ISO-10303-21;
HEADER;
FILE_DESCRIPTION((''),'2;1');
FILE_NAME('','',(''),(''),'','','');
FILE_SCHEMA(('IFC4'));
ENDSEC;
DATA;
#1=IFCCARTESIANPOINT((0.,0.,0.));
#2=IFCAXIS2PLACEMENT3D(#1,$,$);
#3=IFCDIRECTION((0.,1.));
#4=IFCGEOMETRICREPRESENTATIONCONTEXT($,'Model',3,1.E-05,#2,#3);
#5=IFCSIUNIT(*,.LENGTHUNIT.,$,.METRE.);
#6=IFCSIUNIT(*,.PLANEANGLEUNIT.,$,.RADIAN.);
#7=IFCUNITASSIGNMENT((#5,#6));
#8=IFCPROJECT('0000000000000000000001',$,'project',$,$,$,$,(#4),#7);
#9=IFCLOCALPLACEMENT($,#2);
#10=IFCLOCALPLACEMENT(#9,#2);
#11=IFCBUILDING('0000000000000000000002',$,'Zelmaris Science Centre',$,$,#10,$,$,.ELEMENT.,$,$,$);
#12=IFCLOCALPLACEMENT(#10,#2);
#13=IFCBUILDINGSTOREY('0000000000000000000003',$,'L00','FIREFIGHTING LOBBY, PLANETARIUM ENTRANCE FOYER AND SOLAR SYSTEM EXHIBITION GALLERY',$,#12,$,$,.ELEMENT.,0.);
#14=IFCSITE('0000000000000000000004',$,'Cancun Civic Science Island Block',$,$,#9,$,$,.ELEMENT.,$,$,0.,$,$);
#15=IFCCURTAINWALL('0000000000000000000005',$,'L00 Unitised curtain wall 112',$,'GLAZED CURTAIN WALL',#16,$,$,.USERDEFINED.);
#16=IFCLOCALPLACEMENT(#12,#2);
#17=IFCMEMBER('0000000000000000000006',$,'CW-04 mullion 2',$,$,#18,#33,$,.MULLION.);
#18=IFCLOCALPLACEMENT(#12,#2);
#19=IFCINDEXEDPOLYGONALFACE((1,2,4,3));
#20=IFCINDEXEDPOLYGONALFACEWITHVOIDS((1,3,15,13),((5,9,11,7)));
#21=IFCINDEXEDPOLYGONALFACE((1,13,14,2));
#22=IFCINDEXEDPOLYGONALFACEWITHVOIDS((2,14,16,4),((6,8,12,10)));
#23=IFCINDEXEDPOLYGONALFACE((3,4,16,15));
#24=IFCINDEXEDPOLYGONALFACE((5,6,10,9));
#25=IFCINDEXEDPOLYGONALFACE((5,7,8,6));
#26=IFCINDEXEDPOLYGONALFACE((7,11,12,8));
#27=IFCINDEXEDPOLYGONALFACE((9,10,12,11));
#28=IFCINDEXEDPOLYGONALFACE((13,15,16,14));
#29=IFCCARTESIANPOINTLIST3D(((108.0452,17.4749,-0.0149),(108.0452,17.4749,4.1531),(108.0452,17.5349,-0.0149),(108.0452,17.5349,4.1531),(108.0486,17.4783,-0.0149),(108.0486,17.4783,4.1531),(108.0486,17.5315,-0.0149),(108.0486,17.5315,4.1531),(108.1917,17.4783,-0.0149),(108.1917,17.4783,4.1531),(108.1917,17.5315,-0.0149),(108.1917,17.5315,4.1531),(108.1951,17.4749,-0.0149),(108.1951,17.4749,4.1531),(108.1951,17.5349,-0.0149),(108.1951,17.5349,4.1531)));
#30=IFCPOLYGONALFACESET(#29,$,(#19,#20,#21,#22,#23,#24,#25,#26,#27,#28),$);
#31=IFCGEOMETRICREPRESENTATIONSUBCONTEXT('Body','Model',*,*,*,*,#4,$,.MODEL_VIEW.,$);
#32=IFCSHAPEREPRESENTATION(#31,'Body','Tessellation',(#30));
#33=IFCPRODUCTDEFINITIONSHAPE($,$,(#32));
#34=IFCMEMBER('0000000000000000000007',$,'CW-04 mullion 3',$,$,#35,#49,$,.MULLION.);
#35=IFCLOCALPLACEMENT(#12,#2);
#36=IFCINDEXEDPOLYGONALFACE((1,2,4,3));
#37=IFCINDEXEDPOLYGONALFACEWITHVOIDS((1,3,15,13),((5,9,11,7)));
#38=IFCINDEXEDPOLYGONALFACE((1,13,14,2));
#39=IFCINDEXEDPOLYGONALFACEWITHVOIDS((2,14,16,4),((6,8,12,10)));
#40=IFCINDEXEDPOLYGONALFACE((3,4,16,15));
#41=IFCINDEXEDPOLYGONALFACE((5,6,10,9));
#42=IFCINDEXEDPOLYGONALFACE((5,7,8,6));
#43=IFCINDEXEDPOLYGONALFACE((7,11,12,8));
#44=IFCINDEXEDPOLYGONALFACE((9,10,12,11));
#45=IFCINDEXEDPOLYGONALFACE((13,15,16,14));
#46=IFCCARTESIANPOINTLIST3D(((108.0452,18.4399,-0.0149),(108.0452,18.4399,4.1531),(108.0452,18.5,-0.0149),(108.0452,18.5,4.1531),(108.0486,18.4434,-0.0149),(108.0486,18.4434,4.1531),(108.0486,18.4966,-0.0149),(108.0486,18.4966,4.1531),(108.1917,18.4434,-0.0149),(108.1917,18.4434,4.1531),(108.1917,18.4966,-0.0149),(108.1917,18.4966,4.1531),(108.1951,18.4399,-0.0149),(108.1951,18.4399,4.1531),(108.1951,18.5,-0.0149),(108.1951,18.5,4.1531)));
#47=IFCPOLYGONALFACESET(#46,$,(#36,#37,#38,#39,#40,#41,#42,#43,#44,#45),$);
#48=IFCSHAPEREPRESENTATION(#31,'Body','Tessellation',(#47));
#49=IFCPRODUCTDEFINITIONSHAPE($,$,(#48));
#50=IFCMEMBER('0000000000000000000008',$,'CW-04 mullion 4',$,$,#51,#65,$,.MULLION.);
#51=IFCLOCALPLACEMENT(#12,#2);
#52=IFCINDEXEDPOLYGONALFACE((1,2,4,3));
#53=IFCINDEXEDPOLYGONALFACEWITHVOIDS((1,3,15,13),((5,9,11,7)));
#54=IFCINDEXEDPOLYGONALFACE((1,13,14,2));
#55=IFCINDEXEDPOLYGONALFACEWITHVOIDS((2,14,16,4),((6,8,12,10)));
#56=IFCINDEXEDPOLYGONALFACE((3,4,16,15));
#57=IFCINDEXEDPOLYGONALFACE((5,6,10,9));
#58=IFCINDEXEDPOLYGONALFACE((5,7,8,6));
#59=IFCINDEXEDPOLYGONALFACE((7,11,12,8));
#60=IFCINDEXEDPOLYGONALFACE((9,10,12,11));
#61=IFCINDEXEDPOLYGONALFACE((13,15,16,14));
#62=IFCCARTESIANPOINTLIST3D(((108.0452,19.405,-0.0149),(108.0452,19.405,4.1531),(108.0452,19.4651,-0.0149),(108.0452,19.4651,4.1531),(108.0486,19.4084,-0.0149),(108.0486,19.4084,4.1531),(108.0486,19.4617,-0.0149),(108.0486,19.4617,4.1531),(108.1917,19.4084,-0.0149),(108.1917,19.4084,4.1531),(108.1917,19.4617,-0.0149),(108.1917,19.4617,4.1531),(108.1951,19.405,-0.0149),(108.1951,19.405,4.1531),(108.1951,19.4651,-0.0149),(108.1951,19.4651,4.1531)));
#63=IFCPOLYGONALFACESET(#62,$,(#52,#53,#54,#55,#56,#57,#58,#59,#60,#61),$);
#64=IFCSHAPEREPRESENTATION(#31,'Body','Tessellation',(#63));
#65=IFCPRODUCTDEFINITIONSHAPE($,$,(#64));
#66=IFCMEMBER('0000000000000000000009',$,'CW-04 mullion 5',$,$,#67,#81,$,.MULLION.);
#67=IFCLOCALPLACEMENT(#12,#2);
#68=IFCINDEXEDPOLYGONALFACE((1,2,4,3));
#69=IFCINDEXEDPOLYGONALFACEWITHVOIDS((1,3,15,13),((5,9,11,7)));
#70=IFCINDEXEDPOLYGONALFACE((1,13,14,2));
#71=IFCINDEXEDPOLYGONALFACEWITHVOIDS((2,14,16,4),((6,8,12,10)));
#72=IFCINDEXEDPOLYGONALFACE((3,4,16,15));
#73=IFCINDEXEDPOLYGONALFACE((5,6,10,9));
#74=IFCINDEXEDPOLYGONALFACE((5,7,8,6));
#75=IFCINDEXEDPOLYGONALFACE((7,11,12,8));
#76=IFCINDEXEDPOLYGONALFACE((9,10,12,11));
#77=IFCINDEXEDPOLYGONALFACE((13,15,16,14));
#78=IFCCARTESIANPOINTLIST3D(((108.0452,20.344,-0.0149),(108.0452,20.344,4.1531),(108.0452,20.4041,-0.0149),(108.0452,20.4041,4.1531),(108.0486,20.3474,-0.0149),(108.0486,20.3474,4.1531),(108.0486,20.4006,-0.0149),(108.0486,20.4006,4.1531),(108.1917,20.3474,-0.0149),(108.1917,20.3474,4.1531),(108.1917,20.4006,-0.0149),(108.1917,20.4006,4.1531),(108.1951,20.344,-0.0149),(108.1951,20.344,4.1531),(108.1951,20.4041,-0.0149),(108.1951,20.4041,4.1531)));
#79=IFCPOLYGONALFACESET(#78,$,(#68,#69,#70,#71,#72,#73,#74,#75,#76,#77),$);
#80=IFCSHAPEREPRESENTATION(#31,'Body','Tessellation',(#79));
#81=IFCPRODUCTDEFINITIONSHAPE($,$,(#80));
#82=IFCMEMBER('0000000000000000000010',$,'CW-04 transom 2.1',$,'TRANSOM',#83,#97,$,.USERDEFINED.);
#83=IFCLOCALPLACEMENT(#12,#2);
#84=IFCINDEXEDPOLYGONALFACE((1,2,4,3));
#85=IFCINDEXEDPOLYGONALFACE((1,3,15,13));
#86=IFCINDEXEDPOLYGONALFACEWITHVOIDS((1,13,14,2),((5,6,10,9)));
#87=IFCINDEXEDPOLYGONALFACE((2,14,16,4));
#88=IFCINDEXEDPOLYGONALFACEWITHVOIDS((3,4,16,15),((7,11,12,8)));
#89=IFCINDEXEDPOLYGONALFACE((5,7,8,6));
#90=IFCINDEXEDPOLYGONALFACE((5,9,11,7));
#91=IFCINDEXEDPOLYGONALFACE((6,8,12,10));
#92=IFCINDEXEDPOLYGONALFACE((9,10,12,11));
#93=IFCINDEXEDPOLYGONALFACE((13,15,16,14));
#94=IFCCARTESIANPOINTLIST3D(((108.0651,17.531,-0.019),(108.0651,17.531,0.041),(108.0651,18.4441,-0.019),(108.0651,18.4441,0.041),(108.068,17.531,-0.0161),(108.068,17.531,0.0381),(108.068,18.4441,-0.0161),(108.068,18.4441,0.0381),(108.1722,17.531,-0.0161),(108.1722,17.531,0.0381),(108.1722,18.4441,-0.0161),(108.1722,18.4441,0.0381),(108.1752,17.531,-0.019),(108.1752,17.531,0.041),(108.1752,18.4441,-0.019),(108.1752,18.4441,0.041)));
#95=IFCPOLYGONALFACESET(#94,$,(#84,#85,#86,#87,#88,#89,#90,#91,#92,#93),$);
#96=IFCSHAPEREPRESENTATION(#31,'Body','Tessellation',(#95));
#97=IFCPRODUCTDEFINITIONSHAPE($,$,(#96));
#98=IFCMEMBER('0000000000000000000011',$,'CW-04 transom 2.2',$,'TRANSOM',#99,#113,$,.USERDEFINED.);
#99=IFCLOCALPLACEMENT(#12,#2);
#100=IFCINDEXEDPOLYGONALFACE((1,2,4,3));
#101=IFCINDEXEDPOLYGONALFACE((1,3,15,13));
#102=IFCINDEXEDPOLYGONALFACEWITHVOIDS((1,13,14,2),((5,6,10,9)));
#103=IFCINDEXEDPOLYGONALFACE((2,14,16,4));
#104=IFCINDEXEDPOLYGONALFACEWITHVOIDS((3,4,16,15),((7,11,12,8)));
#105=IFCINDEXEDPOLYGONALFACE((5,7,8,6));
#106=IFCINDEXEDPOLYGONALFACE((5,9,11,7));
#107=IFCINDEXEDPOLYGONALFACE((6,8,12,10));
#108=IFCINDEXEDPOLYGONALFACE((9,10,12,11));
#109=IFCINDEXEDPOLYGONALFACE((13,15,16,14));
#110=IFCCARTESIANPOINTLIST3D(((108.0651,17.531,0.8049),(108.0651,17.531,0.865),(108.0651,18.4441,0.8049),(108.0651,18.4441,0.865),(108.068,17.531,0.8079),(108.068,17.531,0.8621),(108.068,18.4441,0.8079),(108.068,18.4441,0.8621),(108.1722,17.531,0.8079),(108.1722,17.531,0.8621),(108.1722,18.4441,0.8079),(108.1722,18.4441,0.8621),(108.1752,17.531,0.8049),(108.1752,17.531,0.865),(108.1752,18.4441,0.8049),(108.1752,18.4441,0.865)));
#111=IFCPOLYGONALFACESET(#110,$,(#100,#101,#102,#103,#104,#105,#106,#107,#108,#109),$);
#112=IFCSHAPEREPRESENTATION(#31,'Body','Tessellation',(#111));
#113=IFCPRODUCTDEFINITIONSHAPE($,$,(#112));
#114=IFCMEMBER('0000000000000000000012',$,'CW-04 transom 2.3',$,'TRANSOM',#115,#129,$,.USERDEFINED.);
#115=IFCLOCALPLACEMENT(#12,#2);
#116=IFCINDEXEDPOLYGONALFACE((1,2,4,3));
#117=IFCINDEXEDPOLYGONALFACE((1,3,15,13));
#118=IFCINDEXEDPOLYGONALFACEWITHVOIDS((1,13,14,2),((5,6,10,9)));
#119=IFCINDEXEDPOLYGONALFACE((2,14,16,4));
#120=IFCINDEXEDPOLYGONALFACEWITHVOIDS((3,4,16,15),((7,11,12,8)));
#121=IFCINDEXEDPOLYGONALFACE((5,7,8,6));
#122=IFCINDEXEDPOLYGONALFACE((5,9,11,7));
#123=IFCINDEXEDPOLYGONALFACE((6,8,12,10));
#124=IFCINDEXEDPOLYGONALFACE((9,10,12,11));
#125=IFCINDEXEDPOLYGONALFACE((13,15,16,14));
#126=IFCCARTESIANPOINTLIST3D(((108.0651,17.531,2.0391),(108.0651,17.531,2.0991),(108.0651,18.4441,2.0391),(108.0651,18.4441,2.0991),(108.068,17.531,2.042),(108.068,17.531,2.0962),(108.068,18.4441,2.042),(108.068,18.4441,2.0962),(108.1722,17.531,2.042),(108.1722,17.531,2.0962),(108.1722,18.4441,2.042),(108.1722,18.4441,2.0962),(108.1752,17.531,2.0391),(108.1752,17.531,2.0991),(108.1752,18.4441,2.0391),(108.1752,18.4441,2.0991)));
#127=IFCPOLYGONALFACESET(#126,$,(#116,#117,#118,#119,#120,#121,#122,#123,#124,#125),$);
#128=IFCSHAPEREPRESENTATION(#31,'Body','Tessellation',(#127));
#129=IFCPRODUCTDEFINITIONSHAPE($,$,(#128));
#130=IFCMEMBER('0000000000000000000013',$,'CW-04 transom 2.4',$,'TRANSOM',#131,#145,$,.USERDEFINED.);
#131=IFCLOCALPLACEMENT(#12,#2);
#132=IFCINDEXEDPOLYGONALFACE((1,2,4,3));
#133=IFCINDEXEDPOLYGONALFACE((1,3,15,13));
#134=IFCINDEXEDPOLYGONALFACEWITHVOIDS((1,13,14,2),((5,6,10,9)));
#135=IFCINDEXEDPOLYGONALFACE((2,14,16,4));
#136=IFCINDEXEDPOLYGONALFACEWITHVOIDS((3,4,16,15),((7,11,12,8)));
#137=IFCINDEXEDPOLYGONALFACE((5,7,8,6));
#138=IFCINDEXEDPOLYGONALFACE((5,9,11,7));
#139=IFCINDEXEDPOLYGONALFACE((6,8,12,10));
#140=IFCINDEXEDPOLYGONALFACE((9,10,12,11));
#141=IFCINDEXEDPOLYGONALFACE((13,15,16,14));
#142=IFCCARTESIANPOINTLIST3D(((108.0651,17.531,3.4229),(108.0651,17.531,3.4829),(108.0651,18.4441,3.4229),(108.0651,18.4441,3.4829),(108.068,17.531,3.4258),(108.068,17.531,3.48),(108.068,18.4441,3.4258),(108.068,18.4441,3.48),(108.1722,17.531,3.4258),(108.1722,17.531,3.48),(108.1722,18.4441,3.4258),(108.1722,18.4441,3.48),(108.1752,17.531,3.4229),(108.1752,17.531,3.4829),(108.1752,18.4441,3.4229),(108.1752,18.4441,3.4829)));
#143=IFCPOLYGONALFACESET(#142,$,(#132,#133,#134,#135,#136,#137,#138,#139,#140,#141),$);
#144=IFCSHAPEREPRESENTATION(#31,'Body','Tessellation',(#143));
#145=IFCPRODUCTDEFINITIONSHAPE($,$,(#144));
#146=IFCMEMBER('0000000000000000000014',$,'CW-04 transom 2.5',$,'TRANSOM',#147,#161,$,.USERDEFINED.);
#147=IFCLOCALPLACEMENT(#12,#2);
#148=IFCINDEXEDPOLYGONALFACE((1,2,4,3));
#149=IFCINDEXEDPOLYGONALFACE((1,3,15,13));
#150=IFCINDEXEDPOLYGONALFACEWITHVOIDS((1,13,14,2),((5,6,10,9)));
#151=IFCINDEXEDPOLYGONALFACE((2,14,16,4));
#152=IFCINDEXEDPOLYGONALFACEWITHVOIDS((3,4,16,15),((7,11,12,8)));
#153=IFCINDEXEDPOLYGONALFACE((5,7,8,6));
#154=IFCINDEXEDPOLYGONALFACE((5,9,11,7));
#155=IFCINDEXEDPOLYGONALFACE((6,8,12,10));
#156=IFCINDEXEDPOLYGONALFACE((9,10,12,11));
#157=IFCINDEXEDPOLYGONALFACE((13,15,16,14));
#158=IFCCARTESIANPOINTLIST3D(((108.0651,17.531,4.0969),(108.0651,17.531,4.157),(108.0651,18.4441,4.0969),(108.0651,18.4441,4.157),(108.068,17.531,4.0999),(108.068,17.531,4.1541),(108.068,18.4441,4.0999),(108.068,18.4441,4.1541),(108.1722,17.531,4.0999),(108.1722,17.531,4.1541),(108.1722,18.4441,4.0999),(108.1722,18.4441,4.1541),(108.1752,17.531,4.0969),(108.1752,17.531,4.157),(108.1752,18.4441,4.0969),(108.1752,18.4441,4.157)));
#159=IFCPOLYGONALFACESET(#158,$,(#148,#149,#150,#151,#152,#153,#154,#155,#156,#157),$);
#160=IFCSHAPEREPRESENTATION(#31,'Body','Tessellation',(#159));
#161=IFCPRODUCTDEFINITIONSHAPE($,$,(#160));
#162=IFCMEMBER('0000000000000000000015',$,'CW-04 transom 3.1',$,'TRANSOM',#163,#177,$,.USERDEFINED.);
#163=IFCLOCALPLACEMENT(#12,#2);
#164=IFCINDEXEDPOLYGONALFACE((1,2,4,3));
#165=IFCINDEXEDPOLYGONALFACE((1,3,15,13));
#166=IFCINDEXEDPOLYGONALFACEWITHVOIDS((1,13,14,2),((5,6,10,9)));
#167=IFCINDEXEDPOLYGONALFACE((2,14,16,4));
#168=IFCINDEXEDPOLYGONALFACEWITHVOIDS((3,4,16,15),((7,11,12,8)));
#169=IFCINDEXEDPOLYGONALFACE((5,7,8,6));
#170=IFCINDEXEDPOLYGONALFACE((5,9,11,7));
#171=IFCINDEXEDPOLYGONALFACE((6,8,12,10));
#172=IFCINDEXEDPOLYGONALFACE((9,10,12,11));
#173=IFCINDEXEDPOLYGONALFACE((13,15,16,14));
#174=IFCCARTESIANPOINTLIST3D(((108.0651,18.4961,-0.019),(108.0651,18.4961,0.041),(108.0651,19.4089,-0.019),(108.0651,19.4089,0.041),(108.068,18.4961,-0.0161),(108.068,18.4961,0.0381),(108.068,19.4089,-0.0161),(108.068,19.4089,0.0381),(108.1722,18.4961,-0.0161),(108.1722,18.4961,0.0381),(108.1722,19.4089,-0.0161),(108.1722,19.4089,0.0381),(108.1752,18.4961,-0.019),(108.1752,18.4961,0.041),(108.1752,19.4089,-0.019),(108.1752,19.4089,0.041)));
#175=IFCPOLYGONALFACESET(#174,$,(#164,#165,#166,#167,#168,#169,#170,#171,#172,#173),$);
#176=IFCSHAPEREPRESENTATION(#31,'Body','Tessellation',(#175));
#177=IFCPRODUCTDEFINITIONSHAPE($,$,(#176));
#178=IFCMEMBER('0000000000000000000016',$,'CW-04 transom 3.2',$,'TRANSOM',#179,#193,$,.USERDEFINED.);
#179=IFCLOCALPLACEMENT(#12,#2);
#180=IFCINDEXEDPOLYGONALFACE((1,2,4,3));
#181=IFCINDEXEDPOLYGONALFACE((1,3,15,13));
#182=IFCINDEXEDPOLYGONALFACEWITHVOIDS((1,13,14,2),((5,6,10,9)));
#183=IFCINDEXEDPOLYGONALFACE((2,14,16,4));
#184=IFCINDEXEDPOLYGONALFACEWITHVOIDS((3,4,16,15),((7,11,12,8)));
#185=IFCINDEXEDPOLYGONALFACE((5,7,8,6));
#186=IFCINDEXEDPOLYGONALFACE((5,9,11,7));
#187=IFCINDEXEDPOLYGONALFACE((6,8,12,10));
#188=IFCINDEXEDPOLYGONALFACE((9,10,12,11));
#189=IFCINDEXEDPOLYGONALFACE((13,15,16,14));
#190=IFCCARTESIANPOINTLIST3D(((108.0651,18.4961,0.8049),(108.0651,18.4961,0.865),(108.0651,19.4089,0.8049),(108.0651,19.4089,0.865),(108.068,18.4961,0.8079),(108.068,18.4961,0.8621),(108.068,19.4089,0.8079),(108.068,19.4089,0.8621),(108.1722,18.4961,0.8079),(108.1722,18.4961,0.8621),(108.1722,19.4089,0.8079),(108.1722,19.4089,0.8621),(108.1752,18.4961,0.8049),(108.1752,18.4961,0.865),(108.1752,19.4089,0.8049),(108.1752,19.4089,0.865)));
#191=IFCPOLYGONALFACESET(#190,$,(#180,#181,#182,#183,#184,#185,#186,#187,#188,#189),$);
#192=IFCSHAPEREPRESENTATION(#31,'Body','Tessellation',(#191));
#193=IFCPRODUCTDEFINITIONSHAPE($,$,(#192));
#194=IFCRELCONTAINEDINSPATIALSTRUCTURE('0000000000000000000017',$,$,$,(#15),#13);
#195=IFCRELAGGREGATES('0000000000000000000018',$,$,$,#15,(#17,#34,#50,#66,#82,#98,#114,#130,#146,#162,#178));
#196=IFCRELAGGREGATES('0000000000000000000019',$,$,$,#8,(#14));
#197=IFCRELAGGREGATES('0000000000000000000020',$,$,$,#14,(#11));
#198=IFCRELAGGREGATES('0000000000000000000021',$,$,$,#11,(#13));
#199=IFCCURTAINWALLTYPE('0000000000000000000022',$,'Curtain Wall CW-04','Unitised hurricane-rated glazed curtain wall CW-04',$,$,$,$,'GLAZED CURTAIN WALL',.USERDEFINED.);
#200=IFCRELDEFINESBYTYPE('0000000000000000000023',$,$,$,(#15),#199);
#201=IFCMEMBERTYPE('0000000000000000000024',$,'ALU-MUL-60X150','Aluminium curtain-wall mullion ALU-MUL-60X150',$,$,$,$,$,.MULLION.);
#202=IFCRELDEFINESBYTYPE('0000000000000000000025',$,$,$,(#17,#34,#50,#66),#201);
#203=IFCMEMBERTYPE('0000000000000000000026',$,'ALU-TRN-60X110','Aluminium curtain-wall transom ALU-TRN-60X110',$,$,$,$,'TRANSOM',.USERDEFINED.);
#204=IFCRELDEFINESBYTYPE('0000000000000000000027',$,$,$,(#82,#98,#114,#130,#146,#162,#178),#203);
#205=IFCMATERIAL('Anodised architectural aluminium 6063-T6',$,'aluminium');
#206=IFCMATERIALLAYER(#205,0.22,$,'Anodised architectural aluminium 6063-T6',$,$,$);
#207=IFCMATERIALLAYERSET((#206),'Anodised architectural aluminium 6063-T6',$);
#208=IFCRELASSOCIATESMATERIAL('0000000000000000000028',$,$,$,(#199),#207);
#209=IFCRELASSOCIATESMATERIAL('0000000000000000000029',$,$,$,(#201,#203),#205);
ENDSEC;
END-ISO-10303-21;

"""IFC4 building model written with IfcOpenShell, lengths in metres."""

from ifc_helpers import new_model, si_unit, direction, frame, origin, origin_2d, place, context, subcontext, project, spatial, hollow_rectangle, extrude, material, layer, layer_set, material_profile, profile_set, type_object, element, aggregate, save


model = new_model("IFC4")

# Units and contexts
model_context = context("Model", 3, precision=1e-05, world=origin(), true_north=direction((0.0, 1.0)))
body_context = subcontext(model_context, "Body", "Model", "MODEL_VIEW")
ifc_project = project(units=[si_unit("LENGTHUNIT", "METRE"), si_unit("PLANEANGLEUNIT", "RADIAN")], contexts=[model_context])

# Site, building, storey
site_placement = place(None, origin())
site = spatial("IfcSite", under=ifc_project, at=site_placement, Name="Cancun Civic Science Island Block", CompositionType="ELEMENT", RefElevation=0.0)
building_placement = place(site_placement, origin())
building = spatial("IfcBuilding", under=site, at=building_placement, Name="Zelmaris Science Centre", CompositionType="ELEMENT")
storey_placement = place(building_placement, origin())
storey = spatial("IfcBuildingStorey", under=building, at=storey_placement, Name="L00", Description="FIREFIGHTING LOBBY, PLANETARIUM ENTRANCE FOYER AND SOLAR SYSTEM EXHIBITION GALLERY", CompositionType="ELEMENT", Elevation=0.0)

# Curtain wall, members
ifc_material_1 = material(Name="Anodised architectural aluminium 6063-T6", Category="aluminium")
ifc_layer_1 = layer(ifc_material_1, 0.22, Name="Anodised architectural aluminium 6063-T6")
ifc_layer_set_1 = layer_set([ifc_layer_1], Name="Anodised architectural aluminium 6063-T6")
curtain_wall_type = type_object("IfcCurtainWallType", Name="Curtain Wall CW-04", Description="Unitised hurricane-rated glazed curtain wall CW-04", ElementType="GLAZED CURTAIN WALL", PredefinedType="USERDEFINED", material=ifc_layer_set_1)
curtain_wall_placement = place(storey_placement, origin())
curtain_wall = element("IfcCurtainWall", 1, at=curtain_wall_placement, inside=storey, type_object=curtain_wall_type, Name="L00 Unitised curtain wall 112", ObjectType="GLAZED CURTAIN WALL", PredefinedType="USERDEFINED")
ifc_material_profile_1 = material_profile(ifc_material_1, hollow_rectangle(XDim=0.0601, YDim=0.1499, WallThickness=0.0034, at=origin_2d()), Name="ALU-MUL-60X150")
ifc_profile_set_1 = profile_set([ifc_material_profile_1], Name="Anodised architectural aluminium 6063-T6")
member_type_1 = type_object("IfcMemberType", Name="ALU-MUL-60X150", Description="Aluminium curtain-wall mullion ALU-MUL-60X150", PredefinedType="MULLION", material=ifc_profile_set_1)
member_1_placement = place(storey_placement, frame((108.1201, 17.5049, -0.0149), z_axis=(0.0, 0.0, 1.0), x_axis=(-0.000007, 1.0, 0.0)))
member_1 = element("IfcMember", 2, at=member_1_placement, type_object=member_type_1, Name="CW-04 mullion 2", PredefinedType="MULLION", context=body_context, shape_type="SweptSolid", body=[
    extrude(hollow_rectangle(XDim=0.0601, YDim=0.1499, WallThickness=0.0034, at=origin_2d()), origin(), (0.0, 0.0, 1.0), 4.168),
])
member_2_placement = place(storey_placement, frame((108.1201, 18.47, -0.0149), z_axis=(0.0, 0.0, 1.0), x_axis=(-0.000007, 1.0, 0.0)))
member_2 = element("IfcMember", 3, at=member_2_placement, type_object=member_type_1, Name="CW-04 mullion 3", PredefinedType="MULLION", context=body_context, shape_type="SweptSolid", body=[
    extrude(hollow_rectangle(XDim=0.0601, YDim=0.1499, WallThickness=0.0034, at=origin_2d()), origin(), (0.0, 0.0, 1.0), 4.168),
])
member_3_placement = place(storey_placement, frame((108.1201, 19.4351, -0.0149), z_axis=(0.0, 0.0, 1.0), x_axis=(-0.000007, 1.0, 0.0)))
member_3 = element("IfcMember", 4, at=member_3_placement, type_object=member_type_1, Name="CW-04 mullion 4", PredefinedType="MULLION", context=body_context, shape_type="SweptSolid", body=[
    extrude(hollow_rectangle(XDim=0.0601, YDim=0.1499, WallThickness=0.0034, at=origin_2d()), origin(), (0.0, 0.0, 1.0), 4.168),
])
member_4_placement = place(storey_placement, frame((108.1201, 20.374, -0.0149), z_axis=(0.0, 0.0, 1.0), x_axis=(-0.000007, 1.0, 0.0)))
member_4 = element("IfcMember", 5, at=member_4_placement, type_object=member_type_1, Name="CW-04 mullion 5", PredefinedType="MULLION", context=body_context, shape_type="SweptSolid", body=[
    extrude(hollow_rectangle(XDim=0.0601, YDim=0.1499, WallThickness=0.0034, at=origin_2d()), origin(), (0.0, 0.0, 1.0), 4.168),
])
ifc_material_profile_2 = material_profile(ifc_material_1, hollow_rectangle(XDim=0.0601, YDim=0.1101, WallThickness=0.0029, at=origin_2d()), Name="ALU-TRN-60X110")
ifc_profile_set_2 = profile_set([ifc_material_profile_2], Name="Anodised architectural aluminium 6063-T6")
member_type_2 = type_object("IfcMemberType", Name="ALU-TRN-60X110", Description="Aluminium curtain-wall transom ALU-TRN-60X110", ElementType="TRANSOM", PredefinedType="USERDEFINED", material=ifc_profile_set_2)
member_5_placement = place(storey_placement, frame((108.1201, 17.531, 0.011), z_axis=(0.0, 1.0, 0.0), x_axis=(0.0, 0.0, 1.0)))
member_5 = element("IfcMember", 6, at=member_5_placement, type_object=member_type_2, Name="CW-04 transom 2.1", ObjectType="TRANSOM", PredefinedType="USERDEFINED", context=body_context, shape_type="SweptSolid", body=[
    extrude(hollow_rectangle(XDim=0.0601, YDim=0.1101, WallThickness=0.0029, at=origin_2d()), origin(), (0.0, 0.0, 1.0), 0.9131),
])
member_6_placement = place(storey_placement, frame((108.1201, 17.531, 0.835), z_axis=(0.0, 1.0, 0.0), x_axis=(0.0, 0.0, 1.0)))
member_6 = element("IfcMember", 7, at=member_6_placement, type_object=member_type_2, Name="CW-04 transom 2.2", ObjectType="TRANSOM", PredefinedType="USERDEFINED", context=body_context, shape_type="SweptSolid", body=[
    extrude(hollow_rectangle(XDim=0.0601, YDim=0.1101, WallThickness=0.0029, at=origin_2d()), origin(), (0.0, 0.0, 1.0), 0.9131),
])
member_7_placement = place(storey_placement, frame((108.1201, 17.531, 2.0691), z_axis=(0.0, 1.0, 0.0), x_axis=(0.0, 0.0, 1.0)))
member_7 = element("IfcMember", 8, at=member_7_placement, type_object=member_type_2, Name="CW-04 transom 2.3", ObjectType="TRANSOM", PredefinedType="USERDEFINED", context=body_context, shape_type="SweptSolid", body=[
    extrude(hollow_rectangle(XDim=0.0601, YDim=0.1101, WallThickness=0.0029, at=origin_2d()), origin(), (0.0, 0.0, 1.0), 0.9131),
])
member_8_placement = place(storey_placement, frame((108.1201, 17.531, 3.4529), z_axis=(0.0, 1.0, 0.0), x_axis=(0.0, 0.0, 1.0)))
member_8 = element("IfcMember", 9, at=member_8_placement, type_object=member_type_2, Name="CW-04 transom 2.4", ObjectType="TRANSOM", PredefinedType="USERDEFINED", context=body_context, shape_type="SweptSolid", body=[
    extrude(hollow_rectangle(XDim=0.0601, YDim=0.1101, WallThickness=0.0029, at=origin_2d()), origin(), (0.0, 0.0, 1.0), 0.9131),
])
member_9_placement = place(storey_placement, frame((108.1201, 17.531, 4.127), z_axis=(0.0, 1.0, 0.0), x_axis=(0.0, 0.0, 1.0)))
member_9 = element("IfcMember", 10, at=member_9_placement, type_object=member_type_2, Name="CW-04 transom 2.5", ObjectType="TRANSOM", PredefinedType="USERDEFINED", context=body_context, shape_type="SweptSolid", body=[
    extrude(hollow_rectangle(XDim=0.0601, YDim=0.1101, WallThickness=0.0029, at=origin_2d()), origin(), (0.0, 0.0, 1.0), 0.9131),
])
member_10_placement = place(storey_placement, frame((108.1201, 18.4961, 0.011), z_axis=(0.0, 1.0, 0.0), x_axis=(0.0, 0.0, 1.0)))
member_10 = element("IfcMember", 11, at=member_10_placement, type_object=member_type_2, Name="CW-04 transom 3.1", ObjectType="TRANSOM", PredefinedType="USERDEFINED", context=body_context, shape_type="SweptSolid", body=[
    extrude(hollow_rectangle(XDim=0.0601, YDim=0.1101, WallThickness=0.0029, at=origin_2d()), origin(), (0.0, 0.0, 1.0), 0.9128),
])
member_11_placement = place(storey_placement, frame((108.1201, 18.4961, 0.835), z_axis=(0.0, 1.0, 0.0), x_axis=(0.0, 0.0, 1.0)))
member_11 = element("IfcMember", 12, at=member_11_placement, type_object=member_type_2, Name="CW-04 transom 3.2", ObjectType="TRANSOM", PredefinedType="USERDEFINED", context=body_context, shape_type="SweptSolid", body=[
    extrude(hollow_rectangle(XDim=0.0601, YDim=0.1101, WallThickness=0.0029, at=origin_2d()), origin(), (0.0, 0.0, 1.0), 0.9128),
])
aggregate(curtain_wall, [member_1, member_2, member_3, member_4, member_5, member_6, member_7, member_8, member_9, member_10, member_11])

save(model, "model.ifc")
